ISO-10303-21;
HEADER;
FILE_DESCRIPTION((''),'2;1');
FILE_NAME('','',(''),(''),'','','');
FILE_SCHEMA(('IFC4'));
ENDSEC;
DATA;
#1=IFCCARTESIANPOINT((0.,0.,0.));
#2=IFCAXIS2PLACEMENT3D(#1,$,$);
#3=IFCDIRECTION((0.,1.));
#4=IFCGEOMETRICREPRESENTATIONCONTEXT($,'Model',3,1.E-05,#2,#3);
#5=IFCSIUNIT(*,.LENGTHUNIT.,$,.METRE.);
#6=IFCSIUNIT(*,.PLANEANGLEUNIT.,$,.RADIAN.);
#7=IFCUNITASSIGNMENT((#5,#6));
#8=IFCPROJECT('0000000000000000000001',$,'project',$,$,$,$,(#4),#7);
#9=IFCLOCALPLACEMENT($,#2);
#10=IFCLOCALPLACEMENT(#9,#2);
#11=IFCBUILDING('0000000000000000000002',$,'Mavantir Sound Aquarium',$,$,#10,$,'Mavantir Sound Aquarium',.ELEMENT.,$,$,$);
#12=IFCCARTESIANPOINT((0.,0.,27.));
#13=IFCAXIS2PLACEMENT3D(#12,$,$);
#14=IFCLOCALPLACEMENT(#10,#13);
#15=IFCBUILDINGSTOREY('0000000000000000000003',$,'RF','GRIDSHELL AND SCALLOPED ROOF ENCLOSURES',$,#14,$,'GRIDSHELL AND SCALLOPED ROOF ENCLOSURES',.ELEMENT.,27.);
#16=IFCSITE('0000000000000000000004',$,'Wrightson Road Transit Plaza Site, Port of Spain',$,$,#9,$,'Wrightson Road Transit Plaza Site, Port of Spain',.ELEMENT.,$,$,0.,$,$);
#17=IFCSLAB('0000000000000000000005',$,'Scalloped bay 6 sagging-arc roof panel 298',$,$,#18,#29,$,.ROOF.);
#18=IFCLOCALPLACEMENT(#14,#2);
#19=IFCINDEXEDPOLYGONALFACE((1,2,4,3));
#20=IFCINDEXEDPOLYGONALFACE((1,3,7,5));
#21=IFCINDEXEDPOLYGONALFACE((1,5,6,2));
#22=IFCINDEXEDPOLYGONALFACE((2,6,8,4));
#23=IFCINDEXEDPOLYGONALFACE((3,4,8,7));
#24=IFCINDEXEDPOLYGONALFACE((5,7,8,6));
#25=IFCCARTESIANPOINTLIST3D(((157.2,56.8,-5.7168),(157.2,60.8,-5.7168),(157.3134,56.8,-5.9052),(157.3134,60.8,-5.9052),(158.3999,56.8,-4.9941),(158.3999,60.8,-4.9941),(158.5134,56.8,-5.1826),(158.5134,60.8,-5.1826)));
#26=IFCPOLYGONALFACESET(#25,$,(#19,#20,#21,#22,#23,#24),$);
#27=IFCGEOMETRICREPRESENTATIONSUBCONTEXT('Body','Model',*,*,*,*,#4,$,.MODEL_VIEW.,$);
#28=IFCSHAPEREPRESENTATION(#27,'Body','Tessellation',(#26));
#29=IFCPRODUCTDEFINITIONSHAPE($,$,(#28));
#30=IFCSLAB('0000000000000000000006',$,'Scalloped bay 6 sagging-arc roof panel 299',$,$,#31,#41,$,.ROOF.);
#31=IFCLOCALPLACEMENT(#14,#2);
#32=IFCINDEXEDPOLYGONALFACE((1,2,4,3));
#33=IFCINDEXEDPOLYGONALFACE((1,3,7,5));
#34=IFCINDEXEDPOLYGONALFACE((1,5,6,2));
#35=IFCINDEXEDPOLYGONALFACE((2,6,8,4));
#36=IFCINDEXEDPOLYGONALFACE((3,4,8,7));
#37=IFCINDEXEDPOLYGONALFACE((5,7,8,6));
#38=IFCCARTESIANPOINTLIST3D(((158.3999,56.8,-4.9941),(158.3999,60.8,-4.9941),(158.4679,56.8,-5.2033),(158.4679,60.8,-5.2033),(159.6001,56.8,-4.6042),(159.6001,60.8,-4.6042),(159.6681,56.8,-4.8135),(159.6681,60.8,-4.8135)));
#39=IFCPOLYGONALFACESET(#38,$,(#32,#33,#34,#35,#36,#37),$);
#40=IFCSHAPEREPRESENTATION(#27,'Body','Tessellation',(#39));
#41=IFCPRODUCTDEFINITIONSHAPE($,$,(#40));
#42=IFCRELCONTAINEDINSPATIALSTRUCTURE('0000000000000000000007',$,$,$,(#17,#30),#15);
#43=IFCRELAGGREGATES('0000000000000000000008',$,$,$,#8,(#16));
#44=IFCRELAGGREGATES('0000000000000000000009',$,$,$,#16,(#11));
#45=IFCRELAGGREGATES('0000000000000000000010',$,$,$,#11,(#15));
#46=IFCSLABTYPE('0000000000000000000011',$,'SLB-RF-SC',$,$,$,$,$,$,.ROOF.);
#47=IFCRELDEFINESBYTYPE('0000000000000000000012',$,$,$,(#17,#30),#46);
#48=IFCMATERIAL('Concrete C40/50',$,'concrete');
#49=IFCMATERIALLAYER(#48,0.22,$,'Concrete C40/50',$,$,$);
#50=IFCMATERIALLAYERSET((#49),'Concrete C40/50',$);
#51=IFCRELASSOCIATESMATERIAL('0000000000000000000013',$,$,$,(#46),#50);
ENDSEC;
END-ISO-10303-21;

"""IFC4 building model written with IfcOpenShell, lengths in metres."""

from ifc_helpers import new_model, si_unit, direction, frame, origin, place, context, subcontext, project, spatial, polyline, outline, extrude, material, layer, layer_set, type_object, element, save


model = new_model("IFC4")

# Units and contexts
model_context = context("Model", 3, precision=1e-05, world=origin(), true_north=direction((0.0, 1.0)))
body_context = subcontext(model_context, "Body", "Model", "MODEL_VIEW")
ifc_project = project(units=[si_unit("LENGTHUNIT", "METRE"), si_unit("PLANEANGLEUNIT", "RADIAN")], contexts=[model_context])

# Site, building, storey
site_placement = place(None, origin())
site = spatial("IfcSite", under=ifc_project, at=site_placement, Name="Wrightson Road Transit Plaza Site, Port of Spain", LongName="Wrightson Road Transit Plaza Site, Port of Spain", CompositionType="ELEMENT", RefElevation=0.0)
building_placement = place(site_placement, origin())
building = spatial("IfcBuilding", under=site, at=building_placement, Name="Mavantir Sound Aquarium", LongName="Mavantir Sound Aquarium", CompositionType="ELEMENT")
storey_placement = place(building_placement, frame((0.0, 0.0, 27.0)))
storey = spatial("IfcBuildingStorey", under=building, at=storey_placement, Name="RF", Description="GRIDSHELL AND SCALLOPED ROOF ENCLOSURES", LongName="GRIDSHELL AND SCALLOPED ROOF ENCLOSURES", CompositionType="ELEMENT", Elevation=27.0)

# Shared definitions
ifc_material_1 = material(Name="Concrete C40/50", Category="concrete")

# Slabs
ifc_layer_1 = layer(ifc_material_1, 0.22, Name="Concrete C40/50")
ifc_layer_set_1 = layer_set([ifc_layer_1], Name="Concrete C40/50")
slab_type = type_object("IfcSlabType", Name="SLB-RF-SC", PredefinedType="ROOF", material=ifc_layer_set_1)
slab_1_placement = place(storey_placement, frame((157.2, 56.8, -5.7168), z_axis=(-0.515905, 0.0, 0.856646), x_axis=(0.856646, 0.0, 0.515905)))
element("IfcSlab", 1, at=slab_1_placement, inside=storey, type_object=slab_type, Name="Scalloped bay 6 sagging-arc roof panel 298", PredefinedType="ROOF", context=body_context, shape_type="SweptSolid", body=[
    extrude(outline(polyline([(0.0, 0.0), (1.4008, 0.0), (1.4008, 4.0), (0.0, 4.0), (0.0, 0.0)])), origin(), (0.0, 0.0, -1.0), 0.22),
])
slab_2_placement = place(storey_placement, frame((158.3999, 56.8, -4.9941), z_axis=(-0.308964, 0.0, 0.951074), x_axis=(0.951074, 0.0, 0.308964)))
element("IfcSlab", 2, at=slab_2_placement, inside=storey, type_object=slab_type, Name="Scalloped bay 6 sagging-arc roof panel 299", PredefinedType="ROOF", context=body_context, shape_type="SweptSolid", body=[
    extrude(outline(polyline([(0.0, 0.0), (1.2619, 0.0), (1.2619, 4.0), (0.0, 4.0), (0.0, 0.0)])), origin(), (0.0, 0.0, -1.0), 0.22),
])

save(model, "model.ifc")
